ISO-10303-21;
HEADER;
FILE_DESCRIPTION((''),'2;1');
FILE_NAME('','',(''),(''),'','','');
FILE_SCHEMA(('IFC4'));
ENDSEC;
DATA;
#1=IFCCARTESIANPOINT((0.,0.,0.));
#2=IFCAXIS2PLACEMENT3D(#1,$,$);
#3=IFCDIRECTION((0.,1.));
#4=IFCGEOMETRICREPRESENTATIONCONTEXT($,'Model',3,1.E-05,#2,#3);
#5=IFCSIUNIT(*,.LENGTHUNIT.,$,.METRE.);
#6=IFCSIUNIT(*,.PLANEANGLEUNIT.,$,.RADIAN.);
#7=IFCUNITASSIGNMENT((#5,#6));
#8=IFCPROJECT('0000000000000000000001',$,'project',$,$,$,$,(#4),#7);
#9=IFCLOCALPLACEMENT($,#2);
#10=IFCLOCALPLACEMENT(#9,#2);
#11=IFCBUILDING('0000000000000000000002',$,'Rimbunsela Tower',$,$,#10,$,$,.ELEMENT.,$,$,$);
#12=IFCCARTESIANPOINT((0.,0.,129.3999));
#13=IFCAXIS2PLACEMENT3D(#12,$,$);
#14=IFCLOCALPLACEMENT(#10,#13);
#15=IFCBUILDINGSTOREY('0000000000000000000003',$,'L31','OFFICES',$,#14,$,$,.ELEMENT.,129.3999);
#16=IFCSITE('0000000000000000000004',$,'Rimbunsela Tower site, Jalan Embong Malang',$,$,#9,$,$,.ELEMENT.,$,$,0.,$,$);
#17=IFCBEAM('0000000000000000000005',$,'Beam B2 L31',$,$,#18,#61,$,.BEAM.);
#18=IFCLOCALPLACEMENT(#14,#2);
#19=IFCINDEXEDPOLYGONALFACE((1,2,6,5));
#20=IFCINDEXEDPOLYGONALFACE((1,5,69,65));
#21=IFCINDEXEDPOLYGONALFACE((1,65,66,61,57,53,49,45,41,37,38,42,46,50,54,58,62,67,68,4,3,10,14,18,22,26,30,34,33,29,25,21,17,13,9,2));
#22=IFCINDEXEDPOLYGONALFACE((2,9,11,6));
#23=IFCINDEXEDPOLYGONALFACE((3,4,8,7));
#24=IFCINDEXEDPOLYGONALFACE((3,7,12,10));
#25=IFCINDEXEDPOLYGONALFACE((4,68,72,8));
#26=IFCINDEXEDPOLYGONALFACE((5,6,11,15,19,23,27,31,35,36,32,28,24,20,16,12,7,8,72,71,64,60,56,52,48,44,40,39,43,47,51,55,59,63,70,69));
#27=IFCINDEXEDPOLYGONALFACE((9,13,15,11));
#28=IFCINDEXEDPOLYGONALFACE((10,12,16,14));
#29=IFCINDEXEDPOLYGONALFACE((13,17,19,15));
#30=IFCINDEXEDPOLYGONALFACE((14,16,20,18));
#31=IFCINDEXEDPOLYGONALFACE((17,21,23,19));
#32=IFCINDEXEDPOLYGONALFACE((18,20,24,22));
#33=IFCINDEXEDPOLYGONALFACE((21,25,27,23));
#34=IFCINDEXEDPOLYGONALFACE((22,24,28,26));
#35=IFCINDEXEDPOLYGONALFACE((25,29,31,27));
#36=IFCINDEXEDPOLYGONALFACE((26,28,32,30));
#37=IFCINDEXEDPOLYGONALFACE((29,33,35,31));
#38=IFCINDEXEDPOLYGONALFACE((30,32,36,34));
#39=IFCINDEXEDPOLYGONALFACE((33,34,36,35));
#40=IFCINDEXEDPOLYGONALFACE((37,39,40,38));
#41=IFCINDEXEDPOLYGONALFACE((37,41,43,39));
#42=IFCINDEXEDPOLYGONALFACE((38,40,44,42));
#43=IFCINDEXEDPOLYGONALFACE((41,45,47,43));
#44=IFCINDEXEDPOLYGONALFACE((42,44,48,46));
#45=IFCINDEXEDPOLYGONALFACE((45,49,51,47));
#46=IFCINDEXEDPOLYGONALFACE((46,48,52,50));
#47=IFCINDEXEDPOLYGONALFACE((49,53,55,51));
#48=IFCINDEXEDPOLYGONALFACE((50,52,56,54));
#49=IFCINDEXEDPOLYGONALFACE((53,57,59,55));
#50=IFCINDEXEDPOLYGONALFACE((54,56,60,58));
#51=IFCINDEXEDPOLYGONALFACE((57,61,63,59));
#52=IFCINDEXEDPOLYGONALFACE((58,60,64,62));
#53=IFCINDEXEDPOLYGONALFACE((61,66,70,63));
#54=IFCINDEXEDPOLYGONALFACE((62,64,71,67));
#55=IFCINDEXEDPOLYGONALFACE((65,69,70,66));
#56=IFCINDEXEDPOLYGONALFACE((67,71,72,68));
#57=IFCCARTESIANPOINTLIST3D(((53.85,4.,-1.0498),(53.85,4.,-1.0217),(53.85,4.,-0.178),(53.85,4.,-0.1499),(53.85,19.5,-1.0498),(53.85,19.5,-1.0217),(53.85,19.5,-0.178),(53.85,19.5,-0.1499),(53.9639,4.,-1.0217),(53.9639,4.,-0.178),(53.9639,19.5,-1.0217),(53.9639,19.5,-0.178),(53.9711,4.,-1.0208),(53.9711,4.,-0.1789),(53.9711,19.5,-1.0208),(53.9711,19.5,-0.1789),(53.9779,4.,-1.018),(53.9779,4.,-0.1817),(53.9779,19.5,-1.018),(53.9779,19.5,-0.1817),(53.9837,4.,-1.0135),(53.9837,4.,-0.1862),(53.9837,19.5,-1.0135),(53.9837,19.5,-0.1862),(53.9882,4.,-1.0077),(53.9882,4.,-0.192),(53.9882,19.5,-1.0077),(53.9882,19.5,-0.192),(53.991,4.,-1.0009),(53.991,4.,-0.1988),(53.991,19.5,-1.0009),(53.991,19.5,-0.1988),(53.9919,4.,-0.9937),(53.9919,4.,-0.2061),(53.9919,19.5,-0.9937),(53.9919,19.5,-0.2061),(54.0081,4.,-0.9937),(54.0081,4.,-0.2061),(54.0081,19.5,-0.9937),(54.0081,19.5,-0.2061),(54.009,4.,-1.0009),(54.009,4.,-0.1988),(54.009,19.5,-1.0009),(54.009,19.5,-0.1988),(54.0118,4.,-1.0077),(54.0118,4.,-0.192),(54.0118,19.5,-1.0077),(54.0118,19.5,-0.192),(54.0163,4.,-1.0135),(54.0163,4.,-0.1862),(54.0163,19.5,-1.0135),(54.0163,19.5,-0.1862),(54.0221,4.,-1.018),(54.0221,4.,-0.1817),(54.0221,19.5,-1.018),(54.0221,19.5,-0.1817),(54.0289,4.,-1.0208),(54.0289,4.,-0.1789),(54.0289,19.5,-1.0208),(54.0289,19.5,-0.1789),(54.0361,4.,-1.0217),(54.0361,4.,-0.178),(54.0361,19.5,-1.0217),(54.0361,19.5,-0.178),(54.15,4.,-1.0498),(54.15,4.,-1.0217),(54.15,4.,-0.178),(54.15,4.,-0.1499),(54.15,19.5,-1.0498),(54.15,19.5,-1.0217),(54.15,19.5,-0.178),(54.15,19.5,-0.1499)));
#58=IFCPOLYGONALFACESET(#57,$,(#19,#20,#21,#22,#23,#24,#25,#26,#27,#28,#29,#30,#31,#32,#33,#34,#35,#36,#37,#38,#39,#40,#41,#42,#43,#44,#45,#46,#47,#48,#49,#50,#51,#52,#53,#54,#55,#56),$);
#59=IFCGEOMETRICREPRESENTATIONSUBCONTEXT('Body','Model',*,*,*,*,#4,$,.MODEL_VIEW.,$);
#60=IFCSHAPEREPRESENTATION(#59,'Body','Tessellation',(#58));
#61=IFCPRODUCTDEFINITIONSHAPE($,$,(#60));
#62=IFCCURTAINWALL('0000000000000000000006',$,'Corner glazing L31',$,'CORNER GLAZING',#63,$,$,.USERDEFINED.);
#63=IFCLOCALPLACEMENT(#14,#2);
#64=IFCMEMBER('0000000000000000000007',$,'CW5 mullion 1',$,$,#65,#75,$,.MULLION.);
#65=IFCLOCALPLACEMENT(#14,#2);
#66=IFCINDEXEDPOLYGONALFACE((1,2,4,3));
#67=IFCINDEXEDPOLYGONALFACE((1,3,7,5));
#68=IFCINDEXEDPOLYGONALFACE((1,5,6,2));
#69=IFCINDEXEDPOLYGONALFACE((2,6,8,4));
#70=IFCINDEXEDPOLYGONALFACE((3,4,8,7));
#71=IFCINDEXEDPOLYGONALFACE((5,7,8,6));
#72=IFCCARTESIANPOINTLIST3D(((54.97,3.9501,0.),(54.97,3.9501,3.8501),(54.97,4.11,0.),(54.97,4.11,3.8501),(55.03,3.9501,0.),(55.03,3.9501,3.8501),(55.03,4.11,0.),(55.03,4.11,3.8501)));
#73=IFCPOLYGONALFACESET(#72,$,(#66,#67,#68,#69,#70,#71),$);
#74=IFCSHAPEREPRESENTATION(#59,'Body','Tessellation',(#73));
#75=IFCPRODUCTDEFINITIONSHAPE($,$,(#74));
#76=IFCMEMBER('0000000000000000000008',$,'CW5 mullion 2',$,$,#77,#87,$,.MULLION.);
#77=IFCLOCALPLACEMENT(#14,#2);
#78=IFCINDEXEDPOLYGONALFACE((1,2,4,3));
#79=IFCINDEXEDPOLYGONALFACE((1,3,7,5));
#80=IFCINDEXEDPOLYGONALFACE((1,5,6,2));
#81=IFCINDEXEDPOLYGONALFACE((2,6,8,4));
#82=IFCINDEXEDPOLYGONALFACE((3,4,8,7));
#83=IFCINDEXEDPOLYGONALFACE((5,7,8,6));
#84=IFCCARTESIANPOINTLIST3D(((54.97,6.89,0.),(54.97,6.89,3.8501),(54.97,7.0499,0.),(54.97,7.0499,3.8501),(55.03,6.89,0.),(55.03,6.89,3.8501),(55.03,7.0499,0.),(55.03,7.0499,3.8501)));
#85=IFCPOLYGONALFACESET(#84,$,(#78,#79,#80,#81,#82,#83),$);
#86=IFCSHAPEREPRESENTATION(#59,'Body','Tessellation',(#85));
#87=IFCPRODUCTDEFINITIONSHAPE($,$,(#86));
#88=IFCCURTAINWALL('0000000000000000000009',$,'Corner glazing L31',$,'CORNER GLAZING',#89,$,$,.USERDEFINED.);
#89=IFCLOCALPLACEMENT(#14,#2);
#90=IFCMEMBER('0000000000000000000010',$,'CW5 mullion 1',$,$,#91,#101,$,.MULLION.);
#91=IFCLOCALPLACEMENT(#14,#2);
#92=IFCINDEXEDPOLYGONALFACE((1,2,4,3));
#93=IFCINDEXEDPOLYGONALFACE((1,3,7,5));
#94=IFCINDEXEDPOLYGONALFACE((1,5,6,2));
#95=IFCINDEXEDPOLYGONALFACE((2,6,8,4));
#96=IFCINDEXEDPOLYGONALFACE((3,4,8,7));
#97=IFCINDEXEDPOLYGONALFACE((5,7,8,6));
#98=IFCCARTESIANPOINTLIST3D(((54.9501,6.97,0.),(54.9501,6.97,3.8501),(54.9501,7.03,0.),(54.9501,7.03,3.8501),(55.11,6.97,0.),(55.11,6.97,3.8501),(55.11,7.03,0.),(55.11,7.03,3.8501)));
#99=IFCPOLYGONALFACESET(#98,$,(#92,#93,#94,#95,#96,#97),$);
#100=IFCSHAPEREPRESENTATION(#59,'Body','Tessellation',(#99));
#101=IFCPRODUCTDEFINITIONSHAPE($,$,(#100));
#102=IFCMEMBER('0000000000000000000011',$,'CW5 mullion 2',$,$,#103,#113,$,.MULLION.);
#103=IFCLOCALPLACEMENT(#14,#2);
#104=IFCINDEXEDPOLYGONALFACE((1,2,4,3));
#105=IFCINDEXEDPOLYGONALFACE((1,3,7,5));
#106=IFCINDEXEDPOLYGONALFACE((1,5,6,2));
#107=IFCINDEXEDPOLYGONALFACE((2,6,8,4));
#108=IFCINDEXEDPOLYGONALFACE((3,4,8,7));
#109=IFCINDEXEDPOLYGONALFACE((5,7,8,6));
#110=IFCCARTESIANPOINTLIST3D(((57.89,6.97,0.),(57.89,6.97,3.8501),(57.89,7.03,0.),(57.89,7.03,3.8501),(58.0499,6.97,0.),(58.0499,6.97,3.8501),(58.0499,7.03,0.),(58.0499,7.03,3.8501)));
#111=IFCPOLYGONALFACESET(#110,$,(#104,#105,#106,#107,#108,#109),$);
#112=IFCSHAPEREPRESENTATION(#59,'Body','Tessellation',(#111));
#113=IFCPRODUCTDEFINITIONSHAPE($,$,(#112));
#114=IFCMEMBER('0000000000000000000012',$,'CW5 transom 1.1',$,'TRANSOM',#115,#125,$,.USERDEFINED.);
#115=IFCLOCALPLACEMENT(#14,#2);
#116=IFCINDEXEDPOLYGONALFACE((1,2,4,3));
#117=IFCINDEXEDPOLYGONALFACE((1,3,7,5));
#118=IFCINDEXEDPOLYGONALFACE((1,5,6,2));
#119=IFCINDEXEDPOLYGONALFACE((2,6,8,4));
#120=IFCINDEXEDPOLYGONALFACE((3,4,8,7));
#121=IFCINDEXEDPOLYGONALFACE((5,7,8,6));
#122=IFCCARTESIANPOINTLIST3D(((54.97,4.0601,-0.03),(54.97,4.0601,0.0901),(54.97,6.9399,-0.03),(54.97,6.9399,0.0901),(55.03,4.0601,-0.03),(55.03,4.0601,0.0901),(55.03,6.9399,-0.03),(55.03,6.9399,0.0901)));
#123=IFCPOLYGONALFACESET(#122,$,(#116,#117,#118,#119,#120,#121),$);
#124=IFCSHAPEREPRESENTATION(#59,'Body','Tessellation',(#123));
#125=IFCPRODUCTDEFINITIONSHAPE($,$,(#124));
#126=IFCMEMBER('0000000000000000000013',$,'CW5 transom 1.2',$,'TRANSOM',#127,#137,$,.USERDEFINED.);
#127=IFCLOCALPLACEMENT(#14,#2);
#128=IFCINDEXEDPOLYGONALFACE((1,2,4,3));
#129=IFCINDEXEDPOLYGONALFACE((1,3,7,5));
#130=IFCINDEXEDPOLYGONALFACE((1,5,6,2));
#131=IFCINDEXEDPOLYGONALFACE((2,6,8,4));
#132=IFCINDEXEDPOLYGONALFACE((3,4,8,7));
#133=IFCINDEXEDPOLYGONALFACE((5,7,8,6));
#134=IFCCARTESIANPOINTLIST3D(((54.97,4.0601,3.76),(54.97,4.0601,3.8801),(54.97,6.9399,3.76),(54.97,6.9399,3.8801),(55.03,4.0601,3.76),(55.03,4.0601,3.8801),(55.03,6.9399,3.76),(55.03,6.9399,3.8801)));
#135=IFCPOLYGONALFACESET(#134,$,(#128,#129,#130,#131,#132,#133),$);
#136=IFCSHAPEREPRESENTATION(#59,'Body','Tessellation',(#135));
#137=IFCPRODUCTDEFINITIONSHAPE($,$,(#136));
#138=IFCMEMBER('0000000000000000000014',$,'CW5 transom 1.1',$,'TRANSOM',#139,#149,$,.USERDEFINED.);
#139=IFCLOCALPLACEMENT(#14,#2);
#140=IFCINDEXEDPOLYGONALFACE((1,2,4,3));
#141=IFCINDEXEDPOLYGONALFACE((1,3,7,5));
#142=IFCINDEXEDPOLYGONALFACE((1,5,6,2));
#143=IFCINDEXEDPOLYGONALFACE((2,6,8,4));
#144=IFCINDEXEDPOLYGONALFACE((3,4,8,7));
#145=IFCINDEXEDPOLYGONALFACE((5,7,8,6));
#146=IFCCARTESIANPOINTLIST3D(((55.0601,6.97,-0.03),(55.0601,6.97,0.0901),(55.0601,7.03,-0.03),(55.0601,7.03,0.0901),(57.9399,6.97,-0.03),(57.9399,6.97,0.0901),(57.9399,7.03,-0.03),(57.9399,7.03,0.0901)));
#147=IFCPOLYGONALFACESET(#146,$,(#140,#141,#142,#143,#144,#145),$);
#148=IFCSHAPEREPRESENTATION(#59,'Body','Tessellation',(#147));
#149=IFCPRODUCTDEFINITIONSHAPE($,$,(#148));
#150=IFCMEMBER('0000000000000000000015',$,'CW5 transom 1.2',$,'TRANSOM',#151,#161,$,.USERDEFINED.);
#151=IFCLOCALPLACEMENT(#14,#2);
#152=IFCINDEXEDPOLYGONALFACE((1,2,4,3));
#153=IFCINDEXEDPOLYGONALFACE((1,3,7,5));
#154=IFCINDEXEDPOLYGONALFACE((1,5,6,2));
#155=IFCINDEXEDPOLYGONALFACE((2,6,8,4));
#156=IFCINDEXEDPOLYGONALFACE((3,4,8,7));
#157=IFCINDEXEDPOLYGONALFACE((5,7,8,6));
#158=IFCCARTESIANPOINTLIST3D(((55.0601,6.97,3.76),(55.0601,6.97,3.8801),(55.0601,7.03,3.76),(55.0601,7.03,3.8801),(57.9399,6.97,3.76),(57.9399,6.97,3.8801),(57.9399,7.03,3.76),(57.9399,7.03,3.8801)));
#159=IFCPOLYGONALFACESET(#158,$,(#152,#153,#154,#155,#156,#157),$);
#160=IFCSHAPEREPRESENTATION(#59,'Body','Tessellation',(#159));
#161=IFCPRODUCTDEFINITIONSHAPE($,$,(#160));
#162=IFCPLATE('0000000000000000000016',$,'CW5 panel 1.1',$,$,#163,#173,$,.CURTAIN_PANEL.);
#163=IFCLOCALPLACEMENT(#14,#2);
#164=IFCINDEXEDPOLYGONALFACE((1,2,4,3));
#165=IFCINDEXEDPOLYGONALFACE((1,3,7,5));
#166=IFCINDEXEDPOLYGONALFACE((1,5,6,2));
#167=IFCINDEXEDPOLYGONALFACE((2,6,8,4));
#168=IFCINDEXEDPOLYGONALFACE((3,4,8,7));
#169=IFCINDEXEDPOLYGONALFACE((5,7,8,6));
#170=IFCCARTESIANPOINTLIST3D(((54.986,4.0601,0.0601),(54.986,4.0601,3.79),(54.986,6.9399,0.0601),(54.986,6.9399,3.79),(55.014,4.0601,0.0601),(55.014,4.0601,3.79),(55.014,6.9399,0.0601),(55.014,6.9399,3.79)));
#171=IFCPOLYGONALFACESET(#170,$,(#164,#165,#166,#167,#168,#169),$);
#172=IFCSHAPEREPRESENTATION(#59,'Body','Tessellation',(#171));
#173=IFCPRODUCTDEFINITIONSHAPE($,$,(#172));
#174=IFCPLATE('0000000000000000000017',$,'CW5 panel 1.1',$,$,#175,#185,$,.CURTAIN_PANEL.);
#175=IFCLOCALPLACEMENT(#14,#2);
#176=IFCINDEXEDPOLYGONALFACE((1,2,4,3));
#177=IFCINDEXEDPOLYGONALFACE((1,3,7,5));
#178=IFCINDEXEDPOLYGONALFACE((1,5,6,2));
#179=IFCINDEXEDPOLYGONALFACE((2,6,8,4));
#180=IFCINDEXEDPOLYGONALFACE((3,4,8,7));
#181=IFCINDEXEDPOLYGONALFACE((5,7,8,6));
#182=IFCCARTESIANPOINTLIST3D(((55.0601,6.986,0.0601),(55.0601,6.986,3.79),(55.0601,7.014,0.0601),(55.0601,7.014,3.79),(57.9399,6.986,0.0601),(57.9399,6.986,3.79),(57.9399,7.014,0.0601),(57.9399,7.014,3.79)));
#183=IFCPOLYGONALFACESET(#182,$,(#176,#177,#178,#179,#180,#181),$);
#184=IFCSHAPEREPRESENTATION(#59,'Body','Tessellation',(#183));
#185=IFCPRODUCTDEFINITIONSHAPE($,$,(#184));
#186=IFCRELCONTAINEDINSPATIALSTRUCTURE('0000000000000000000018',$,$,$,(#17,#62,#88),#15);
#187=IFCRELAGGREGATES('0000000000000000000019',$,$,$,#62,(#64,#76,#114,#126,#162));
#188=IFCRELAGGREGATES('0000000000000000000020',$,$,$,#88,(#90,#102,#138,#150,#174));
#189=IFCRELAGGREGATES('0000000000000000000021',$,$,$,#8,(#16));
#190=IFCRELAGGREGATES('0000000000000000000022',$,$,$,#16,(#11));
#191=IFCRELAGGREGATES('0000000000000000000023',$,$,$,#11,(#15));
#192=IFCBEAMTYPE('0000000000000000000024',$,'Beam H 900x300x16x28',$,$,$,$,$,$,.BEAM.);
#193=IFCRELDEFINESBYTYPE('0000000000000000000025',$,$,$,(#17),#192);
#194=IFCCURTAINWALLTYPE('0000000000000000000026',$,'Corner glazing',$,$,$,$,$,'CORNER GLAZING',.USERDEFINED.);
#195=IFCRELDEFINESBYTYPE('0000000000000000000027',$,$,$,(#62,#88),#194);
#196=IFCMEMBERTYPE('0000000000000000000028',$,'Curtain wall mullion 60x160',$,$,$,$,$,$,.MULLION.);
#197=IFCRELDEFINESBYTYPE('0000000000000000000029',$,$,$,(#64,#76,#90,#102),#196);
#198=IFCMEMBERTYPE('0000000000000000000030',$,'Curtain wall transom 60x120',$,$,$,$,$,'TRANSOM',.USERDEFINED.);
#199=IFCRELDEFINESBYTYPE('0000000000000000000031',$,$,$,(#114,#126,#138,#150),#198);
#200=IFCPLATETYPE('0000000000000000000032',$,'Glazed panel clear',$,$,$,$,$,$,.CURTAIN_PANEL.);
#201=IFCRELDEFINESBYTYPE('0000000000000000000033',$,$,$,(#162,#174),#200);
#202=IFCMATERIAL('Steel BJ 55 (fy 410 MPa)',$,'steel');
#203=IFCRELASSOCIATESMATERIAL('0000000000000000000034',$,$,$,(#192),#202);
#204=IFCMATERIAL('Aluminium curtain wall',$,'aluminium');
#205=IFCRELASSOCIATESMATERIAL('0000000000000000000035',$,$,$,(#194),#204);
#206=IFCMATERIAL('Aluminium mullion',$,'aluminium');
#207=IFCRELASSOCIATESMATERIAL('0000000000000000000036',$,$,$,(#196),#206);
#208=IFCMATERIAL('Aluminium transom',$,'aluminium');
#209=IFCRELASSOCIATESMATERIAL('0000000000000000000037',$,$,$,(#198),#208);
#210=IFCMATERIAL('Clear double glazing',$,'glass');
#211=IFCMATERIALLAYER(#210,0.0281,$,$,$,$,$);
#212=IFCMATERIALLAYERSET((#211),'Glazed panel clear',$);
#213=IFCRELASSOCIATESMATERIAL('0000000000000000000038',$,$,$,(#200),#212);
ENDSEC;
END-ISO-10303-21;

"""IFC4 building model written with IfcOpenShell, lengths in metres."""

from ifc_helpers import new_model, si_unit, direction, frame, origin, origin_2d, place, context, subcontext, project, spatial, rectangle, i_section, extrude, material, layer, layer_set, material_profile, profile_set, type_object, element, aggregate, save


model = new_model("IFC4")

# Units and contexts
model_context = context("Model", 3, precision=1e-05, world=origin(), true_north=direction((0.0, 1.0)))
body_context = subcontext(model_context, "Body", "Model", "MODEL_VIEW")
ifc_project = project(units=[si_unit("LENGTHUNIT", "METRE"), si_unit("PLANEANGLEUNIT", "RADIAN")], contexts=[model_context])

# Site, building, storey
site_placement = place(None, origin())
site = spatial("IfcSite", under=ifc_project, at=site_placement, Name="Rimbunsela Tower site, Jalan Embong Malang", CompositionType="ELEMENT", RefElevation=0.0)
building_placement = place(site_placement, origin())
building = spatial("IfcBuilding", under=site, at=building_placement, Name="Rimbunsela Tower", CompositionType="ELEMENT")
storey_placement = place(building_placement, frame((0.0, 0.0, 129.3999)))
storey = spatial("IfcBuildingStorey", under=building, at=storey_placement, Name="L31", Description="OFFICES", CompositionType="ELEMENT", Elevation=129.3999)

# Beam
ifc_material_1 = material(Name="Steel BJ 55 (fy 410 MPa)", Category="steel")
ifc_material_profile_1 = material_profile(ifc_material_1, i_section(OverallWidth=0.3, OverallDepth=0.8999, WebThickness=0.0161, FlangeThickness=0.0281, FilletRadius=0.0281, at=origin_2d()), Name="H 900x300x16x28")
ifc_profile_set_1 = profile_set([ifc_material_profile_1], Name="Steel BJ 55 (fy 410 MPa)")
beam_type_1 = type_object("IfcBeamType", Name="Beam H 900x300x16x28", PredefinedType="BEAM", material=ifc_profile_set_1)
for number, where, z_axis, x_axis, name in (
    (1, (54.0, 4.0, -0.5999), (0.0, 1.0, 0.0), (-1.0, 0.0, 0.0), "Beam B2 L31"),
):
    element("IfcBeam", number, at=place(storey_placement, frame(where, z_axis=z_axis, x_axis=x_axis)), inside=storey, type_object=beam_type_1, Name=name, PredefinedType="BEAM", context=body_context, shape_type="SweptSolid", body=[
        extrude(i_section(OverallWidth=0.3, OverallDepth=0.8999, WebThickness=0.0161, FlangeThickness=0.0281, FilletRadius=0.0281, at=origin_2d()), origin(), (0.0, 0.0, 1.0), 15.5),
    ])

# Curtain walls, members
ifc_material_2 = material(Name="Aluminium curtain wall", Category="aluminium")
curtain_wall_type = type_object("IfcCurtainWallType", Name="Corner glazing", ElementType="CORNER GLAZING", PredefinedType="USERDEFINED", material=ifc_material_2)
curtain_wall_1_placement = place(storey_placement, origin())
curtain_wall_1 = element("IfcCurtainWall", 2, at=curtain_wall_1_placement, inside=storey, type_object=curtain_wall_type, Name="Corner glazing L31", ObjectType="CORNER GLAZING", PredefinedType="USERDEFINED")
ifc_material_3 = material(Name="Aluminium mullion", Category="aluminium")
ifc_material_profile_2 = material_profile(ifc_material_3, rectangle(XDim=0.0601, YDim=0.1599, at=origin_2d()), Name="Mullion 60x160")
ifc_profile_set_2 = profile_set([ifc_material_profile_2], Name="Aluminium mullion")
member_type_1 = type_object("IfcMemberType", Name="Curtain wall mullion 60x160", PredefinedType="MULLION", material=ifc_profile_set_2)
member_1_placement = place(storey_placement, frame((55.0, 4.03, 0.0), z_axis=(0.0, 0.0, 1.0), x_axis=(-1.0, 0.0, 0.0)))
member_1 = element("IfcMember", 3, at=member_1_placement, type_object=member_type_1, Name="CW5 mullion 1", PredefinedType="MULLION", context=body_context, shape_type="SweptSolid", body=[
    extrude(rectangle(XDim=0.0601, YDim=0.1599, at=origin_2d()), origin(), (0.0, 0.0, 1.0), 3.8501),
])
member_2_placement = place(storey_placement, frame((55.0, 6.97, 0.0), z_axis=(0.0, 0.0, 1.0), x_axis=(-1.0, 0.0, 0.0)))
member_2 = element("IfcMember", 4, at=member_2_placement, type_object=member_type_1, Name="CW5 mullion 2", PredefinedType="MULLION", context=body_context, shape_type="SweptSolid", body=[
    extrude(rectangle(XDim=0.0601, YDim=0.1599, at=origin_2d()), origin(), (0.0, 0.0, 1.0), 3.8501),
])
curtain_wall_2_placement = place(storey_placement, origin())
curtain_wall_2 = element("IfcCurtainWall", 5, at=curtain_wall_2_placement, inside=storey, type_object=curtain_wall_type, Name="Corner glazing L31", ObjectType="CORNER GLAZING", PredefinedType="USERDEFINED")
member_3_placement = place(storey_placement, frame((55.03, 7.0, 0.0), z_axis=(0.0, 0.0, 1.0), x_axis=(0.0, 1.0, 0.0)))
member_3 = element("IfcMember", 6, at=member_3_placement, type_object=member_type_1, Name="CW5 mullion 1", PredefinedType="MULLION", context=body_context, shape_type="SweptSolid", body=[
    extrude(rectangle(XDim=0.0601, YDim=0.1599, at=origin_2d()), origin(), (0.0, 0.0, 1.0), 3.8501),
])
member_4_placement = place(storey_placement, frame((57.97, 7.0, 0.0), z_axis=(0.0, 0.0, 1.0), x_axis=(0.0, 1.0, 0.0)))
member_4 = element("IfcMember", 7, at=member_4_placement, type_object=member_type_1, Name="CW5 mullion 2", PredefinedType="MULLION", context=body_context, shape_type="SweptSolid", body=[
    extrude(rectangle(XDim=0.0601, YDim=0.1599, at=origin_2d()), origin(), (0.0, 0.0, 1.0), 3.8501),
])

# Members
ifc_material_4 = material(Name="Aluminium transom", Category="aluminium")
ifc_material_profile_3 = material_profile(ifc_material_4, rectangle(XDim=0.0601, YDim=0.1201, at=origin_2d()), Name="Transom 60x120")
ifc_profile_set_3 = profile_set([ifc_material_profile_3], Name="Aluminium transom")
member_type_2 = type_object("IfcMemberType", Name="Curtain wall transom 60x120", ElementType="TRANSOM", PredefinedType="USERDEFINED", material=ifc_profile_set_3)
member_5_placement = place(storey_placement, frame((55.0, 4.0601, 0.03), z_axis=(0.0, 1.0, 0.0), x_axis=(-1.0, 0.0, 0.0)))
member_5 = element("IfcMember", 8, at=member_5_placement, type_object=member_type_2, Name="CW5 transom 1.1", ObjectType="TRANSOM", PredefinedType="USERDEFINED", context=body_context, shape_type="SweptSolid", body=[
    extrude(rectangle(XDim=0.0601, YDim=0.1201, at=origin_2d()), origin(), (0.0, 0.0, 1.0), 2.8799),
])
member_6_placement = place(storey_placement, frame((55.0, 4.0601, 3.8201), z_axis=(0.0, 1.0, 0.0), x_axis=(-1.0, 0.0, 0.0)))
member_6 = element("IfcMember", 9, at=member_6_placement, type_object=member_type_2, Name="CW5 transom 1.2", ObjectType="TRANSOM", PredefinedType="USERDEFINED", context=body_context, shape_type="SweptSolid", body=[
    extrude(rectangle(XDim=0.0601, YDim=0.1201, at=origin_2d()), origin(), (0.0, 0.0, 1.0), 2.8799),
])
member_7_placement = place(storey_placement, frame((55.0601, 7.0, 0.03), z_axis=(1.0, 0.0, 0.0), x_axis=(0.0, 1.0, 0.0)))
member_7 = element("IfcMember", 10, at=member_7_placement, type_object=member_type_2, Name="CW5 transom 1.1", ObjectType="TRANSOM", PredefinedType="USERDEFINED", context=body_context, shape_type="SweptSolid", body=[
    extrude(rectangle(XDim=0.0601, YDim=0.1201, at=origin_2d()), origin(), (0.0, 0.0, 1.0), 2.8799),
])
member_8_placement = place(storey_placement, frame((55.0601, 7.0, 3.8201), z_axis=(1.0, 0.0, 0.0), x_axis=(0.0, 1.0, 0.0)))
member_8 = element("IfcMember", 11, at=member_8_placement, type_object=member_type_2, Name="CW5 transom 1.2", ObjectType="TRANSOM", PredefinedType="USERDEFINED", context=body_context, shape_type="SweptSolid", body=[
    extrude(rectangle(XDim=0.0601, YDim=0.1201, at=origin_2d()), origin(), (0.0, 0.0, 1.0), 2.8799),
])

# Plates
ifc_material_5 = material(Name="Clear double glazing", Category="glass")
ifc_layer_1 = layer(ifc_material_5, 0.0281)
ifc_layer_set_1 = layer_set([ifc_layer_1], Name="Glazed panel clear")
plate_type = type_object("IfcPlateType", Name="Glazed panel clear", PredefinedType="CURTAIN_PANEL", material=ifc_layer_set_1)
plate_1_placement = place(storey_placement, frame((55.0, 5.5, 0.0601), z_axis=(0.0, 0.0, 1.0), x_axis=(0.0, 1.0, 0.0)))
plate_1 = element("IfcPlate", 12, at=plate_1_placement, type_object=plate_type, Name="CW5 panel 1.1", PredefinedType="CURTAIN_PANEL", context=body_context, shape_type="SweptSolid", body=[
    extrude(rectangle(XDim=2.8799, YDim=0.0281, at=origin_2d()), origin(), (0.0, 0.0, 1.0), 3.73),
])
aggregate(curtain_wall_1, [member_1, member_2, member_5, member_6, plate_1])
plate_2_placement = place(storey_placement, frame((56.5, 7.0, 0.0601), z_axis=(0.0, 0.0, 1.0), x_axis=(1.0, 0.0, 0.0)))
plate_2 = element("IfcPlate", 13, at=plate_2_placement, type_object=plate_type, Name="CW5 panel 1.1", PredefinedType="CURTAIN_PANEL", context=body_context, shape_type="SweptSolid", body=[
    extrude(rectangle(XDim=2.8799, YDim=0.0281, at=origin_2d()), origin(), (0.0, 0.0, 1.0), 3.73),
])
aggregate(curtain_wall_2, [member_3, member_4, member_7, member_8, plate_2])

save(model, "model.ifc")
